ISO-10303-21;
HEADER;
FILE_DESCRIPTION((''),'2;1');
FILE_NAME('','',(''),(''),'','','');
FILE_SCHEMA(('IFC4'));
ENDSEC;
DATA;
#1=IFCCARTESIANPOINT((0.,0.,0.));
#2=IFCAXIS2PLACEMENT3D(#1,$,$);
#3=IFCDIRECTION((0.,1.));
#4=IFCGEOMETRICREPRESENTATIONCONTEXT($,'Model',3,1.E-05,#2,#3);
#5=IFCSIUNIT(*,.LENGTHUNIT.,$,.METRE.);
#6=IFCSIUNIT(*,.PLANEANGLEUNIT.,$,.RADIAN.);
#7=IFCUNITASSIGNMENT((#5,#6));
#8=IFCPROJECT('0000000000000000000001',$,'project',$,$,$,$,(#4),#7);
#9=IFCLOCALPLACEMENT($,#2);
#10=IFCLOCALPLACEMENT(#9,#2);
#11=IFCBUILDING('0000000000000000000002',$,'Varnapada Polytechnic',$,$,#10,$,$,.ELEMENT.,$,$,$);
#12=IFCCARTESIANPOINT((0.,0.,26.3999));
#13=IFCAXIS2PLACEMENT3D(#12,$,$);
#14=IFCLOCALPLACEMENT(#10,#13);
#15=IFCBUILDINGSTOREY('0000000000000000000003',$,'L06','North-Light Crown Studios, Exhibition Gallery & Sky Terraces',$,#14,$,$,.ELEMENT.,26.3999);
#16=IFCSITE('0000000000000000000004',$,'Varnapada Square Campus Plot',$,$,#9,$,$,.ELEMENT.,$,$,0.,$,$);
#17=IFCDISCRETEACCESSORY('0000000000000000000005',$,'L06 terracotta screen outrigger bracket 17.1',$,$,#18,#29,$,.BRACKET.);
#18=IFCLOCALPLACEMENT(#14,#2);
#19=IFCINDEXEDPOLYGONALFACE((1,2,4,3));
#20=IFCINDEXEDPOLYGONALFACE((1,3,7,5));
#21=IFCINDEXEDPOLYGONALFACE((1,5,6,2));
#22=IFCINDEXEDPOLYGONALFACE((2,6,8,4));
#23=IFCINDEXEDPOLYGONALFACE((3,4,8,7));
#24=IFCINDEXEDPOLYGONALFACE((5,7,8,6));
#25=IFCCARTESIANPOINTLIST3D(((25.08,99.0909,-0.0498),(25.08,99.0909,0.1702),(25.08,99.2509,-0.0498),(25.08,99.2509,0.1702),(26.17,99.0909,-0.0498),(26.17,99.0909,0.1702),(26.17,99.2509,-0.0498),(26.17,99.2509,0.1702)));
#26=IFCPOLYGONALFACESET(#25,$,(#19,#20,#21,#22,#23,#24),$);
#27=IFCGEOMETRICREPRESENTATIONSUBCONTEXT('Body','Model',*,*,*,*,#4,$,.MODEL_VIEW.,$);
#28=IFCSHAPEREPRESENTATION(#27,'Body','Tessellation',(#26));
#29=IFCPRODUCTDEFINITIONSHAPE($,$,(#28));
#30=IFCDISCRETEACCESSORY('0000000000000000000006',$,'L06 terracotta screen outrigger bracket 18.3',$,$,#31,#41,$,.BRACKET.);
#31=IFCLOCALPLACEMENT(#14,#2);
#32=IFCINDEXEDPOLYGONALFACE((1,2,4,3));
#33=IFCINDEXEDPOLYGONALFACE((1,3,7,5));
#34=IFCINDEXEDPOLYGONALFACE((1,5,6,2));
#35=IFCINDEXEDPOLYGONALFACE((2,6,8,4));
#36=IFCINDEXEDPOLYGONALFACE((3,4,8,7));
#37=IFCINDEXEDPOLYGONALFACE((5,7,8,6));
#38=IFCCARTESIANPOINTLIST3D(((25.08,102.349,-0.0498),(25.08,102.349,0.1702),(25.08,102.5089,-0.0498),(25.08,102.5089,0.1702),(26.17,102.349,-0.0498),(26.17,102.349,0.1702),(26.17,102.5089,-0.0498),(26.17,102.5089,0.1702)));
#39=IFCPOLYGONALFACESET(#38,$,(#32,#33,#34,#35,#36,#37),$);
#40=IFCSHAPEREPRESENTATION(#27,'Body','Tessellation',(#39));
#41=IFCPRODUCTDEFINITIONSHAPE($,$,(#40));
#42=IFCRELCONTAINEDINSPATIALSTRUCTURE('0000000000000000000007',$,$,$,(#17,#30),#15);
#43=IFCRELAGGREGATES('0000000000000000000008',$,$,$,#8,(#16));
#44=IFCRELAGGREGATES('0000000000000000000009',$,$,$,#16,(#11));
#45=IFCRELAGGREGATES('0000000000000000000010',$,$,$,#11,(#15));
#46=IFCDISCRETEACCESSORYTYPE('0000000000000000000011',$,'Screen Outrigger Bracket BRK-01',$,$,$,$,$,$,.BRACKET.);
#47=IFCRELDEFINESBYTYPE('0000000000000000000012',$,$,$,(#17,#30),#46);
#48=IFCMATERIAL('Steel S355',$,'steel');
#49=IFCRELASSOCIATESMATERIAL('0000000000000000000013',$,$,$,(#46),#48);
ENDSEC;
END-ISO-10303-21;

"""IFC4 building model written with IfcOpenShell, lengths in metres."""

from ifc_helpers import new_model, si_unit, direction, frame, origin, origin_2d, place, context, subcontext, project, spatial, rectangle, extrude, material, type_object, element, save


model = new_model("IFC4")

# Units and contexts
model_context = context("Model", 3, precision=1e-05, world=origin(), true_north=direction((0.0, 1.0)))
body_context = subcontext(model_context, "Body", "Model", "MODEL_VIEW")
ifc_project = project(units=[si_unit("LENGTHUNIT", "METRE"), si_unit("PLANEANGLEUNIT", "RADIAN")], contexts=[model_context])

# Site, building, storey
site_placement = place(None, origin())
site = spatial("IfcSite", under=ifc_project, at=site_placement, Name="Varnapada Square Campus Plot", CompositionType="ELEMENT", RefElevation=0.0)
building_placement = place(site_placement, origin())
building = spatial("IfcBuilding", under=site, at=building_placement, Name="Varnapada Polytechnic", CompositionType="ELEMENT")
storey_placement = place(building_placement, frame((0.0, 0.0, 26.3999)))
storey = spatial("IfcBuildingStorey", under=building, at=storey_placement, Name="L06", Description="North-Light Crown Studios, Exhibition Gallery & Sky Terraces", CompositionType="ELEMENT", Elevation=26.3999)

# Discrete accessories
ifc_material_1 = material(Name="Steel S355", Category="steel")
discrete_accessory_type = type_object("IfcDiscreteAccessoryType", Name="Screen Outrigger Bracket BRK-01", PredefinedType="BRACKET", material=ifc_material_1)
for number, where, z_axis, x_axis, name in (
    (1, (25.625, 99.1709, -0.0498), (0.0, 0.0, 1.0), (0.0, -1.0, 0.0), "L06 terracotta screen outrigger bracket 17.1"),
    (2, (25.625, 102.429, -0.0498), (0.0, 0.0, 1.0), (0.0, -1.0, 0.0), "L06 terracotta screen outrigger bracket 18.3"),
):
    element("IfcDiscreteAccessory", number, at=place(storey_placement, frame(where, z_axis=z_axis, x_axis=x_axis)), inside=storey, type_object=discrete_accessory_type, Name=name, PredefinedType="BRACKET", context=body_context, shape_type="SweptSolid", body=[
        extrude(rectangle(XDim=0.1599, YDim=1.0901, at=origin_2d()), origin(), (0.0, 0.0, 1.0), 0.22),
    ])

save(model, "model.ifc")
